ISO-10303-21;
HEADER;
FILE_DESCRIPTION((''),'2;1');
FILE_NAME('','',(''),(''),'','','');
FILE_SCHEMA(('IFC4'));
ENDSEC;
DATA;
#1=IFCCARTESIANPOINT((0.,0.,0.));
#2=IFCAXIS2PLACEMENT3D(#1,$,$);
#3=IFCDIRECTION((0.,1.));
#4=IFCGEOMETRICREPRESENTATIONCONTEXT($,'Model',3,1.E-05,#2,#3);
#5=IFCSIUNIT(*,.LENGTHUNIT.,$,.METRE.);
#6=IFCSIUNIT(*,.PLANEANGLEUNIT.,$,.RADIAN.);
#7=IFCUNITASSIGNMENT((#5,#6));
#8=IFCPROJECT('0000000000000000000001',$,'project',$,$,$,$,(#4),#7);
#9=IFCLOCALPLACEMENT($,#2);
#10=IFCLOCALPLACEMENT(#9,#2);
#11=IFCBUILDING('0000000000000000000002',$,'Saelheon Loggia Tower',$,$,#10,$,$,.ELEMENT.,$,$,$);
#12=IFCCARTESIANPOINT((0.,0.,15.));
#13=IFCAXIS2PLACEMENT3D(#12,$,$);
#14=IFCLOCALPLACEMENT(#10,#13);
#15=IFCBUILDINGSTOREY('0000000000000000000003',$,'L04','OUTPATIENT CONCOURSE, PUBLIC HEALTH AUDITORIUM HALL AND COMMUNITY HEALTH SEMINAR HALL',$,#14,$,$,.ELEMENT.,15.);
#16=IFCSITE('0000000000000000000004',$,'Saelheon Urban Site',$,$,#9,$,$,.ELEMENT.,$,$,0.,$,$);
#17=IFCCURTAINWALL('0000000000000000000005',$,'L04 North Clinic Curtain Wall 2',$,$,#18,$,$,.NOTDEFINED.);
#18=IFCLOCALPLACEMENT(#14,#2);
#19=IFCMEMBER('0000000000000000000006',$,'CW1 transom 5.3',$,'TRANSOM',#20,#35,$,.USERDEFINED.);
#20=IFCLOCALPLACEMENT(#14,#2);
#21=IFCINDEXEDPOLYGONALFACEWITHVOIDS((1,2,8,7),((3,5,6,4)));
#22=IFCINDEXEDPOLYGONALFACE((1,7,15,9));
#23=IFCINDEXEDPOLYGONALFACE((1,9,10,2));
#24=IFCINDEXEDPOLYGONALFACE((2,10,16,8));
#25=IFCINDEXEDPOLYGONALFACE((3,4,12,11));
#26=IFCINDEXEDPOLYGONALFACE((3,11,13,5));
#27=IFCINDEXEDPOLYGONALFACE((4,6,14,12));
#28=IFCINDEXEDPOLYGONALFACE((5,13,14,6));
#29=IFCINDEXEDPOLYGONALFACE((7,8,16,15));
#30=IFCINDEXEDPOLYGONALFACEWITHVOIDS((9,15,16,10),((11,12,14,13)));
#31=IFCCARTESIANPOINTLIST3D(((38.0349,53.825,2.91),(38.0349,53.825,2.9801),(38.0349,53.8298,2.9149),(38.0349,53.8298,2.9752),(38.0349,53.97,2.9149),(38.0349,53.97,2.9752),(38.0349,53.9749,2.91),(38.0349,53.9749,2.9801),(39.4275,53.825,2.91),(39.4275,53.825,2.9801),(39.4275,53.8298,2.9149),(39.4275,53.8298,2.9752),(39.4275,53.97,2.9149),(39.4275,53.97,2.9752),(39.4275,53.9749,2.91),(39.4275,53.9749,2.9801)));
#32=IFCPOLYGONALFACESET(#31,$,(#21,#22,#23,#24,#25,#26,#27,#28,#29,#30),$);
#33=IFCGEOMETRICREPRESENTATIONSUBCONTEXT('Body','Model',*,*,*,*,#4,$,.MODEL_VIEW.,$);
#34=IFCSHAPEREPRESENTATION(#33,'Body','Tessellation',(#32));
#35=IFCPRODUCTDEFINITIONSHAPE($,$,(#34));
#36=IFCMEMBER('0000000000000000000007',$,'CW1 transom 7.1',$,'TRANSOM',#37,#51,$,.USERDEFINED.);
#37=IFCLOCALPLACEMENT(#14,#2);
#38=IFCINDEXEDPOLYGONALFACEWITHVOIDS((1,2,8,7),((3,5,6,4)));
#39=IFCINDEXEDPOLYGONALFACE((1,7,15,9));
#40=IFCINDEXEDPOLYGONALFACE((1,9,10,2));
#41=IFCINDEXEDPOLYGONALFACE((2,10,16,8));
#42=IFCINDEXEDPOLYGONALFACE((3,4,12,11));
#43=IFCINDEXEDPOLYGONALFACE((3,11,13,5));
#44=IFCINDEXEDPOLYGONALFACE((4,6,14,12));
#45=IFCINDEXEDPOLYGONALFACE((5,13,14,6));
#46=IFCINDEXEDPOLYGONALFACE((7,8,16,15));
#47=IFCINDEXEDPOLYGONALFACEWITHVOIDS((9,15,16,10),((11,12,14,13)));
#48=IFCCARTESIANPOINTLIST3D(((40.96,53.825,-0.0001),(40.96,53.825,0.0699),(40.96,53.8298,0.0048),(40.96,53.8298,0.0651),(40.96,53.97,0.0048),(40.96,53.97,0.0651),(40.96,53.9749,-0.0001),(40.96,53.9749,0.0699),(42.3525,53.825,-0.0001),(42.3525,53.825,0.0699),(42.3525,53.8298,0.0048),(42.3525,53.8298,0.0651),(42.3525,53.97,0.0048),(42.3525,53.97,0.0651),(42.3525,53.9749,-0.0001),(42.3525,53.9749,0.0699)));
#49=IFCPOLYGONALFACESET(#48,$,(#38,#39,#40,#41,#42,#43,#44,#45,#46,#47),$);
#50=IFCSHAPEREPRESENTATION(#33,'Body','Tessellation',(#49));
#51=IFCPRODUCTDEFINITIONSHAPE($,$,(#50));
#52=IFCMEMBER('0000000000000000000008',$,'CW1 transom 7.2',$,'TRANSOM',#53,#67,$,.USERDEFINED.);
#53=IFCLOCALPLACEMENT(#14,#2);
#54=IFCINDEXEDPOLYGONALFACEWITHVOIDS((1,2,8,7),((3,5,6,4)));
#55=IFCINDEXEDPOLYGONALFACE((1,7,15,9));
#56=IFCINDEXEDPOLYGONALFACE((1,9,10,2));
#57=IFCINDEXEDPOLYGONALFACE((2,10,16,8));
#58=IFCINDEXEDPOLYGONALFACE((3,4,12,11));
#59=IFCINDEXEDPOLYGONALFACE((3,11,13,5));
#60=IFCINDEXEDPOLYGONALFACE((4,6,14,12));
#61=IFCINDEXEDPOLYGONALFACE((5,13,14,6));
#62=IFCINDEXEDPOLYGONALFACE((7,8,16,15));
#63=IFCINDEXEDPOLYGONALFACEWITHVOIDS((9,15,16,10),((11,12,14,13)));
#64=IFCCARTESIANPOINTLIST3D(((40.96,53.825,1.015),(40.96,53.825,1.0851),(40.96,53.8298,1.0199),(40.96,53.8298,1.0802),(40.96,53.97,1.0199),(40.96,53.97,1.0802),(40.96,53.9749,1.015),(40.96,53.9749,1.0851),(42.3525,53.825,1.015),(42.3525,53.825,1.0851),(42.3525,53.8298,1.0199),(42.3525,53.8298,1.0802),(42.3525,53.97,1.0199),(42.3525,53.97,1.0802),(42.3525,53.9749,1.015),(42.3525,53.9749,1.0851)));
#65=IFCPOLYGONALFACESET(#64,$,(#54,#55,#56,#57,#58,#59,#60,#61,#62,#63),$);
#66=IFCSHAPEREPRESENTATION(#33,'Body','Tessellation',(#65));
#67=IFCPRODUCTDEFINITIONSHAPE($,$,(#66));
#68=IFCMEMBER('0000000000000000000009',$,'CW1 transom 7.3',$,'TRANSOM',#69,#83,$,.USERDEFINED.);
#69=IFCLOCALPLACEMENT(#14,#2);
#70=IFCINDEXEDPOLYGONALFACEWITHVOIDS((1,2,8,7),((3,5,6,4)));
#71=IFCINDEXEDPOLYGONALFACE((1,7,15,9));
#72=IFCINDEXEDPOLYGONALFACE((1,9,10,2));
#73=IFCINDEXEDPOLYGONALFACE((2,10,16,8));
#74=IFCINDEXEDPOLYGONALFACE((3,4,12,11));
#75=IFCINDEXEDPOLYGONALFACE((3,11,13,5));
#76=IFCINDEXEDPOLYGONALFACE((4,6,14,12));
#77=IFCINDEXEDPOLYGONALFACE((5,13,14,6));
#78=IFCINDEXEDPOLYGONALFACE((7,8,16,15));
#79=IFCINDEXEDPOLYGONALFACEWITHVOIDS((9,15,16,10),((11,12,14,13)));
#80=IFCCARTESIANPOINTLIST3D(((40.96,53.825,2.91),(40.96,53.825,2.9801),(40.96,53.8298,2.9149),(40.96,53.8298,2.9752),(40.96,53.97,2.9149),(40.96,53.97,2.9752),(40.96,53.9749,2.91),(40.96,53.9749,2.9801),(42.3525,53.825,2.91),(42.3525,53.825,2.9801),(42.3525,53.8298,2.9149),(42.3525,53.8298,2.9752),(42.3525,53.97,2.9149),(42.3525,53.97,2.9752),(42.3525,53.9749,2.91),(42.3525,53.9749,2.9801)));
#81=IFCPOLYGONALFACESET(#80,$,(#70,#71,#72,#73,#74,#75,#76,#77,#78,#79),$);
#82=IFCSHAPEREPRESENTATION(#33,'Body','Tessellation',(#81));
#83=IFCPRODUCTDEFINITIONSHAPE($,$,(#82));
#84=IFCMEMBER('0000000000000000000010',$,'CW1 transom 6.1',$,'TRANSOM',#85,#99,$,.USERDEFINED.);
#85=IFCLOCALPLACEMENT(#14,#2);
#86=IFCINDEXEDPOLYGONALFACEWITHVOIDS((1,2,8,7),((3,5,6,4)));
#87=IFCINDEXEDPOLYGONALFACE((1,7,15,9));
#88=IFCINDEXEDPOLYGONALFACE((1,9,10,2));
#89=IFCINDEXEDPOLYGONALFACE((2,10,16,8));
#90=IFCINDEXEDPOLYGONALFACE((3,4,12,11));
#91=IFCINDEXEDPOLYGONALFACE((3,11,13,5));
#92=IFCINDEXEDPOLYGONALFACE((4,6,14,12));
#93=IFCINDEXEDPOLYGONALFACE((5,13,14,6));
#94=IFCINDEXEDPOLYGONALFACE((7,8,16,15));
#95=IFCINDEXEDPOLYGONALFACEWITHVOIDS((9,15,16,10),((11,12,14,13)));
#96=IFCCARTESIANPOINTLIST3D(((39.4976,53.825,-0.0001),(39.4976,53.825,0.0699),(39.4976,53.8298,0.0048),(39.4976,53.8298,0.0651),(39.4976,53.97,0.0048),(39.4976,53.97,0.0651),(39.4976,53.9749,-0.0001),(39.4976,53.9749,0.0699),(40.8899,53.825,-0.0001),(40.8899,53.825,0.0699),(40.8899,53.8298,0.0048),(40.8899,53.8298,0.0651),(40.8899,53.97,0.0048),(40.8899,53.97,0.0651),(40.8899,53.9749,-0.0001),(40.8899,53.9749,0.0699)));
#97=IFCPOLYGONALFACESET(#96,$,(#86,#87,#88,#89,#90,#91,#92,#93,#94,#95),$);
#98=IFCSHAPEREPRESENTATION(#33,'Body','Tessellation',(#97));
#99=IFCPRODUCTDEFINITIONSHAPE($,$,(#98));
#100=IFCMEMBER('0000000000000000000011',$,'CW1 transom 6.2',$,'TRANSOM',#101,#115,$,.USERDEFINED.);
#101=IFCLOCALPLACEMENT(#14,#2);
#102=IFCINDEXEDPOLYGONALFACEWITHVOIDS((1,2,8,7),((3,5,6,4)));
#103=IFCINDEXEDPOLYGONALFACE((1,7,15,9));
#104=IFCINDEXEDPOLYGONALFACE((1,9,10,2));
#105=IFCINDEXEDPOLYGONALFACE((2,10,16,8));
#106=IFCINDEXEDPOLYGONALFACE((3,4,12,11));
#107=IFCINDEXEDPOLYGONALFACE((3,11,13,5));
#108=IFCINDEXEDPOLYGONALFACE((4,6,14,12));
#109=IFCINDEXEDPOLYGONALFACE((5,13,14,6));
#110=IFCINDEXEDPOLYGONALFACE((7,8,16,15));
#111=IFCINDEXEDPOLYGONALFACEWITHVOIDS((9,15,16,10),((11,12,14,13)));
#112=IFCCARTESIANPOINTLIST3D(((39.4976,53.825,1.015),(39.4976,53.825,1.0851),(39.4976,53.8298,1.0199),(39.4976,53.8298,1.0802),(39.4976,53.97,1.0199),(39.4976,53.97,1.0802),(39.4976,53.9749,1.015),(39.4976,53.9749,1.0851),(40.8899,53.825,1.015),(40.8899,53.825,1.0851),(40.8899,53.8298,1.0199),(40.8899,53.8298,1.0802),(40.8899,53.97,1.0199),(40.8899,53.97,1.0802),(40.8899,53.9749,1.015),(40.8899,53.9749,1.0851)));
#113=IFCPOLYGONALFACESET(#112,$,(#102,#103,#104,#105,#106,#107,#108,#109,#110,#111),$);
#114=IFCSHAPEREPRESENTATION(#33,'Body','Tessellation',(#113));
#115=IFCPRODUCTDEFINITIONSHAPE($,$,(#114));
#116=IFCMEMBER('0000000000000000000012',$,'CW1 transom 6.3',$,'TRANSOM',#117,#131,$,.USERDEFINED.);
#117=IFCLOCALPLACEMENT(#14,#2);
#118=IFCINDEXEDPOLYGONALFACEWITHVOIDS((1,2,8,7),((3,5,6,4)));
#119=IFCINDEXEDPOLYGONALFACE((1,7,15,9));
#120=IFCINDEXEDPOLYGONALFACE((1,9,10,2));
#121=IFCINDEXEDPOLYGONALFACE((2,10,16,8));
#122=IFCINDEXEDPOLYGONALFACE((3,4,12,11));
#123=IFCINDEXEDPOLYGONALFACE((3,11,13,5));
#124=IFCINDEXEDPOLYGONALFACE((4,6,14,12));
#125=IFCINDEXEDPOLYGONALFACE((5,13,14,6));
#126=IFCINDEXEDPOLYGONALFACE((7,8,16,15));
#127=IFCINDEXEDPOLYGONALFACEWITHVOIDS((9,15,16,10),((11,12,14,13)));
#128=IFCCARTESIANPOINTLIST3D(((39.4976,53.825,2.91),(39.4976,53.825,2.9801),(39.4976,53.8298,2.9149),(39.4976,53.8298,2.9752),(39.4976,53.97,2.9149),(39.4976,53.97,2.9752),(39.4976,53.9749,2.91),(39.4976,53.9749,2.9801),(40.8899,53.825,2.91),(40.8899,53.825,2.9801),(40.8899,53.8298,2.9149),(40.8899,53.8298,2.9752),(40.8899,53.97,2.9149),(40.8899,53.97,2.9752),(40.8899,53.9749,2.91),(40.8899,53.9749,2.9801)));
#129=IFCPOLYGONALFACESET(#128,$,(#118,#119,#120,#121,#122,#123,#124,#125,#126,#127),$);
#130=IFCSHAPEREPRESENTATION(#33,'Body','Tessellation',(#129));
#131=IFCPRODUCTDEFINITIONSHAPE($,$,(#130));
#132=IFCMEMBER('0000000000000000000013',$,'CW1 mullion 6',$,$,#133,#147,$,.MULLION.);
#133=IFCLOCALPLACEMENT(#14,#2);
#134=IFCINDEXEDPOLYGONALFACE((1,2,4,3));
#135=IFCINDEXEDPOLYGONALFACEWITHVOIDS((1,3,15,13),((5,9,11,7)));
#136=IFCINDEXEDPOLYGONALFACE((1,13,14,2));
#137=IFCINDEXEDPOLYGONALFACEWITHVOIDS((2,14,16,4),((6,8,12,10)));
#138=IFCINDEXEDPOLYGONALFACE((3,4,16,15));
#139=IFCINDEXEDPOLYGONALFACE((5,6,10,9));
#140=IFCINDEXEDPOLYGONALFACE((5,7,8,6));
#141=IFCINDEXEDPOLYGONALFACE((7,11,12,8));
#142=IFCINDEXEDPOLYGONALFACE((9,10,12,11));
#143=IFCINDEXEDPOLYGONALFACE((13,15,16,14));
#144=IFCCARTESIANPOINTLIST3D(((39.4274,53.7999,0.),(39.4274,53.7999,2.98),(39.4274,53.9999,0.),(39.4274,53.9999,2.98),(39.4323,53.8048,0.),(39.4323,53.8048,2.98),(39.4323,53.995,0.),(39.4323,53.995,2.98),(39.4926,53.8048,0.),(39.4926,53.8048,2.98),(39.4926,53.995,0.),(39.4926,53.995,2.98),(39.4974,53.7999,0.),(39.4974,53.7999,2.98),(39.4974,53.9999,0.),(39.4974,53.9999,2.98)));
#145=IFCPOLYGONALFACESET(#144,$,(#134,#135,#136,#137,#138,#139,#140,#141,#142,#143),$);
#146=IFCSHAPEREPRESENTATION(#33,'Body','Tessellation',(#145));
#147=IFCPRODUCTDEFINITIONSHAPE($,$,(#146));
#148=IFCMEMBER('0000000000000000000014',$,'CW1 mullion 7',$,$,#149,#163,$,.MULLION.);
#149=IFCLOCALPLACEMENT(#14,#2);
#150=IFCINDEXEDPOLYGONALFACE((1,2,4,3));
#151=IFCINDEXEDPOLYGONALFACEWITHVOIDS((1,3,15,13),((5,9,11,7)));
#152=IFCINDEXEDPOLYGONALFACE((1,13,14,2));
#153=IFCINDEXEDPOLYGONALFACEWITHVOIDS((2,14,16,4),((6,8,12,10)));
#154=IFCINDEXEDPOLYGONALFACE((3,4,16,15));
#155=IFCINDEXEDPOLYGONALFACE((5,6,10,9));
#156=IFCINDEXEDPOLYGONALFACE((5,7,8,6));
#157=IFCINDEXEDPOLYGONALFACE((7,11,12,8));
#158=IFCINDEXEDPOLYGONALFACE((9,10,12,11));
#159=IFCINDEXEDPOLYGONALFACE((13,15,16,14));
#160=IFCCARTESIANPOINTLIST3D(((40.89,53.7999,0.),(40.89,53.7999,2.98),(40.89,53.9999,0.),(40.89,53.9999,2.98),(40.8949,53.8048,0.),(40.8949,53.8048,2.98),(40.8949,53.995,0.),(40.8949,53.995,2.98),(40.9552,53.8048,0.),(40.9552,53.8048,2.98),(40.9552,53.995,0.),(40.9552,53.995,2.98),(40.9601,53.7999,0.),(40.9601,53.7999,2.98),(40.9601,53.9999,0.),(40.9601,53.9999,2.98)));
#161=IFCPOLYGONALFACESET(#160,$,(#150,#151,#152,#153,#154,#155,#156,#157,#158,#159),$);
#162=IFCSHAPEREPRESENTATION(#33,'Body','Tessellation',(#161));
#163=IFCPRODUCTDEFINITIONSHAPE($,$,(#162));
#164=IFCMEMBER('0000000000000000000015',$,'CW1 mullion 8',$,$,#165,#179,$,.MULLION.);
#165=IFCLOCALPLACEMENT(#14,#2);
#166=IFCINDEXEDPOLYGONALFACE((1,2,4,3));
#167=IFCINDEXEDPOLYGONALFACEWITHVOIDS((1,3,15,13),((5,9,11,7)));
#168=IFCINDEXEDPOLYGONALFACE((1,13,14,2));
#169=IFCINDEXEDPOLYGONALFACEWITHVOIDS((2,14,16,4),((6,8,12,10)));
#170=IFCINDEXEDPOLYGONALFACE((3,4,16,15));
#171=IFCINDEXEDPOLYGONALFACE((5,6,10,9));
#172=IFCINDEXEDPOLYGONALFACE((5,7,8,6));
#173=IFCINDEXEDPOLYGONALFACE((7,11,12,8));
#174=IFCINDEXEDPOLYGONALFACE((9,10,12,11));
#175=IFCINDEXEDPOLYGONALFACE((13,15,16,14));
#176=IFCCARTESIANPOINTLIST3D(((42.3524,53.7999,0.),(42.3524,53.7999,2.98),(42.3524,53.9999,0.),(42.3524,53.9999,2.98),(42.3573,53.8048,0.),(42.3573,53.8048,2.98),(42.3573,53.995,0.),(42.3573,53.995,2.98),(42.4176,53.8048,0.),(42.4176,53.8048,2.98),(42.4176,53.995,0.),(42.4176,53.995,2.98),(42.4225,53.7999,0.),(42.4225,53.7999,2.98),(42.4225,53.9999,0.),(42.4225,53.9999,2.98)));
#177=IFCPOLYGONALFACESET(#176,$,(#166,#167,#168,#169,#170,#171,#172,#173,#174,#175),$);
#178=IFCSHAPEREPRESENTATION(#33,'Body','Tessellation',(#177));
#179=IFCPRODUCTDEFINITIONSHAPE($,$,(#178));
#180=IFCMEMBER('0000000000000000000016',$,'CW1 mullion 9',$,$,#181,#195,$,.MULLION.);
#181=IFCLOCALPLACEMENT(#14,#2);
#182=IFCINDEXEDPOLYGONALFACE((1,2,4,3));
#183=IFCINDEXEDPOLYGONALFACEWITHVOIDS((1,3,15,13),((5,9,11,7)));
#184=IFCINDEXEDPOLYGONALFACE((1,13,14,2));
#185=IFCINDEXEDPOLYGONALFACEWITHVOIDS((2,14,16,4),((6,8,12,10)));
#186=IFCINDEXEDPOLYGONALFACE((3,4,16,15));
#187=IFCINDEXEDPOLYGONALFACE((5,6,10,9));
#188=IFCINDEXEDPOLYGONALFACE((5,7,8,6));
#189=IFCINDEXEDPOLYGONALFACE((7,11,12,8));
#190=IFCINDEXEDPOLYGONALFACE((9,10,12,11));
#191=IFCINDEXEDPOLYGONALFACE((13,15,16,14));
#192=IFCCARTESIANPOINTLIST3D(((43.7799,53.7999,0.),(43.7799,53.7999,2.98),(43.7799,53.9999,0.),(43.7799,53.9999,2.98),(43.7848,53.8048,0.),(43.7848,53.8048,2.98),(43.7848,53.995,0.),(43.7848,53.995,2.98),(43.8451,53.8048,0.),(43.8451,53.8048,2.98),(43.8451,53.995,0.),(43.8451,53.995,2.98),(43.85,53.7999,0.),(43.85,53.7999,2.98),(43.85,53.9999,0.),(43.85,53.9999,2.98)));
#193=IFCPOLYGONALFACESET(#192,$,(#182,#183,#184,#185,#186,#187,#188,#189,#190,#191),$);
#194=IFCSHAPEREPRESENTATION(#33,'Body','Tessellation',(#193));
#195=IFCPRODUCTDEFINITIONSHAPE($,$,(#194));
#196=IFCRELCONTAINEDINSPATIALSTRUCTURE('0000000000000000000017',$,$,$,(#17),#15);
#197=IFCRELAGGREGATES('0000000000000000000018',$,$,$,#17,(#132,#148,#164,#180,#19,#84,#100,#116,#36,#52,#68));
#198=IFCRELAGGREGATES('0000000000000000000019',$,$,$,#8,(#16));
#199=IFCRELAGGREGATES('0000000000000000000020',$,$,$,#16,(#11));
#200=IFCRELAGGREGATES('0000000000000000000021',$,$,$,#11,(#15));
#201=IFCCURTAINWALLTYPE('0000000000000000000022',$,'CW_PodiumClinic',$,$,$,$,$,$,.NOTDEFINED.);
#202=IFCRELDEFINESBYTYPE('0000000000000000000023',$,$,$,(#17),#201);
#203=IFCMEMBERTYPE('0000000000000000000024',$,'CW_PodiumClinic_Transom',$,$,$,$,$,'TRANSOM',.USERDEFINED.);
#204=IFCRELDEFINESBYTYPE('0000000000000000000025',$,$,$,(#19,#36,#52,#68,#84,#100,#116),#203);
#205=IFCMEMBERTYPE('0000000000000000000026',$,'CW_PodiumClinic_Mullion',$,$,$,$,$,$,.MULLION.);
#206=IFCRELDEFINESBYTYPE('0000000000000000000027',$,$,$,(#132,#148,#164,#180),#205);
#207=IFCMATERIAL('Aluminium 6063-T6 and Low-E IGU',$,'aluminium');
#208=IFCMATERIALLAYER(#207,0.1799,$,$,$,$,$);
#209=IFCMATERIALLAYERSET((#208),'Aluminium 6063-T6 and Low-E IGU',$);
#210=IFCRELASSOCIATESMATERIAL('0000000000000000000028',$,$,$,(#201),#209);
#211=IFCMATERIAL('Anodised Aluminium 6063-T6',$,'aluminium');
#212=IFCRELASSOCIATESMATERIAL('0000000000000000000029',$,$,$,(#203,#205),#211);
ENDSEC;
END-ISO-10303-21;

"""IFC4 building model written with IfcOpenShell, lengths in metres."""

from ifc_helpers import new_model, si_unit, direction, frame, origin, origin_2d, place, context, subcontext, project, spatial, hollow_rectangle, extrude, source, transform, mapped, material, layer, layer_set, material_profile, profile_set, type_object, element, aggregate, save


model = new_model("IFC4")

# Units and contexts
model_context = context("Model", 3, precision=1e-05, world=origin(), true_north=direction((0.0, 1.0)))
body_context = subcontext(model_context, "Body", "Model", "MODEL_VIEW")
ifc_project = project(units=[si_unit("LENGTHUNIT", "METRE"), si_unit("PLANEANGLEUNIT", "RADIAN")], contexts=[model_context])

# Site, building, storey
site_placement = place(None, origin())
site = spatial("IfcSite", under=ifc_project, at=site_placement, Name="Saelheon Urban Site", CompositionType="ELEMENT", RefElevation=0.0)
building_placement = place(site_placement, origin())
building = spatial("IfcBuilding", under=site, at=building_placement, Name="Saelheon Loggia Tower", CompositionType="ELEMENT")
storey_placement = place(building_placement, frame((0.0, 0.0, 15.0)))
storey = spatial("IfcBuildingStorey", under=building, at=storey_placement, Name="L04", Description="OUTPATIENT CONCOURSE, PUBLIC HEALTH AUDITORIUM HALL AND COMMUNITY HEALTH SEMINAR HALL", CompositionType="ELEMENT", Elevation=15.0)

# Curtain wall, members
ifc_material_1 = material(Name="Aluminium 6063-T6 and Low-E IGU", Category="aluminium")
ifc_layer_1 = layer(ifc_material_1, 0.1799)
ifc_layer_set_1 = layer_set([ifc_layer_1], Name="Aluminium 6063-T6 and Low-E IGU")
curtain_wall_type = type_object("IfcCurtainWallType", Name="CW_PodiumClinic", PredefinedType="NOTDEFINED", material=ifc_layer_set_1)
ifc_material_2 = material(Name="Anodised Aluminium 6063-T6", Category="aluminium")
ifc_material_profile_1 = material_profile(ifc_material_2, hollow_rectangle(XDim=0.0701, YDim=0.1499, WallThickness=0.0049, at=origin_2d()), Name="RHS-150x70x5")
ifc_profile_set_1 = profile_set([ifc_material_profile_1], Name="Anodised Aluminium 6063-T6")
member_type_1 = type_object("IfcMemberType", Name="CW_PodiumClinic_Transom", ElementType="TRANSOM", PredefinedType="USERDEFINED", material=ifc_profile_set_1)
curtain_wall_1_placement = place(storey_placement, origin())
curtain_wall_1 = element("IfcCurtainWall", 1, at=curtain_wall_1_placement, inside=storey, type_object=curtain_wall_type, Name="L04 North Clinic Curtain Wall 2", PredefinedType="NOTDEFINED")
shared_shape_1 = source(origin(), body_context, "Body", "SweptSolid", [
    extrude(hollow_rectangle(XDim=0.0701, YDim=0.1499, WallThickness=0.0049, at=origin_2d()), origin(), (0.0, 0.0, 1.0), 1.3926),
])
member_1_placement = place(storey_placement, frame((38.0349, 53.8999, 2.9451), z_axis=(1.0, 0.0, 0.0), x_axis=(0.0, 0.0, 1.0)))
member_1 = element("IfcMember", 2, at=member_1_placement, type_object=member_type_1, Name="CW1 transom 5.3", ObjectType="TRANSOM", PredefinedType="USERDEFINED", context=body_context, shape_type="MappedRepresentation", body=[
    mapped(shared_shape_1, transform((0.0, 0.0, 0.0), scale=1.0)),
])
member_2_placement = place(storey_placement, frame((40.96, 53.8999, 0.0349), z_axis=(1.0, 0.0, 0.0), x_axis=(0.0, 0.0, 1.0)))
member_2 = element("IfcMember", 3, at=member_2_placement, type_object=member_type_1, Name="CW1 transom 7.1", ObjectType="TRANSOM", PredefinedType="USERDEFINED", context=body_context, shape_type="MappedRepresentation", body=[
    mapped(shared_shape_1, transform((0.0, 0.0, 0.0), scale=1.0)),
])
member_3_placement = place(storey_placement, frame((40.96, 53.8999, 1.05), z_axis=(1.0, 0.0, 0.0), x_axis=(0.0, 0.0, 1.0)))
member_3 = element("IfcMember", 4, at=member_3_placement, type_object=member_type_1, Name="CW1 transom 7.2", ObjectType="TRANSOM", PredefinedType="USERDEFINED", context=body_context, shape_type="MappedRepresentation", body=[
    mapped(shared_shape_1, transform((0.0, 0.0, 0.0), scale=1.0)),
])
member_4_placement = place(storey_placement, frame((40.96, 53.8999, 2.9451), z_axis=(1.0, 0.0, 0.0), x_axis=(0.0, 0.0, 1.0)))
member_4 = element("IfcMember", 5, at=member_4_placement, type_object=member_type_1, Name="CW1 transom 7.3", ObjectType="TRANSOM", PredefinedType="USERDEFINED", context=body_context, shape_type="MappedRepresentation", body=[
    mapped(shared_shape_1, transform((0.0, 0.0, 0.0), scale=1.0)),
])
shared_shape_2 = source(origin(), body_context, "Body", "SweptSolid", [
    extrude(hollow_rectangle(XDim=0.0701, YDim=0.1499, WallThickness=0.0049, at=origin_2d()), origin(), (0.0, 0.0, 1.0), 1.3923),
])
member_5_placement = place(storey_placement, frame((39.4976, 53.8999, 0.0349), z_axis=(1.0, 0.0, 0.0), x_axis=(0.0, 0.0, 1.0)))
member_5 = element("IfcMember", 6, at=member_5_placement, type_object=member_type_1, Name="CW1 transom 6.1", ObjectType="TRANSOM", PredefinedType="USERDEFINED", context=body_context, shape_type="MappedRepresentation", body=[
    mapped(shared_shape_2, transform((0.0, 0.0, 0.0), scale=1.0)),
])
member_6_placement = place(storey_placement, frame((39.4976, 53.8999, 1.05), z_axis=(1.0, 0.0, 0.0), x_axis=(0.0, 0.0, 1.0)))
member_6 = element("IfcMember", 7, at=member_6_placement, type_object=member_type_1, Name="CW1 transom 6.2", ObjectType="TRANSOM", PredefinedType="USERDEFINED", context=body_context, shape_type="MappedRepresentation", body=[
    mapped(shared_shape_2, transform((0.0, 0.0, 0.0), scale=1.0)),
])
member_7_placement = place(storey_placement, frame((39.4976, 53.8999, 2.9451), z_axis=(1.0, 0.0, 0.0), x_axis=(0.0, 0.0, 1.0)))
member_7 = element("IfcMember", 8, at=member_7_placement, type_object=member_type_1, Name="CW1 transom 6.3", ObjectType="TRANSOM", PredefinedType="USERDEFINED", context=body_context, shape_type="MappedRepresentation", body=[
    mapped(shared_shape_2, transform((0.0, 0.0, 0.0), scale=1.0)),
])
ifc_material_profile_2 = material_profile(ifc_material_2, hollow_rectangle(XDim=0.0701, YDim=0.2, WallThickness=0.0049, at=origin_2d()), Name="RHS-200x70x5")
ifc_profile_set_2 = profile_set([ifc_material_profile_2], Name="Anodised Aluminium 6063-T6")
member_type_2 = type_object("IfcMemberType", Name="CW_PodiumClinic_Mullion", PredefinedType="MULLION", material=ifc_profile_set_2)
shared_shape_3 = source(origin(), body_context, "Body", "SweptSolid", [
    extrude(hollow_rectangle(XDim=0.0701, YDim=0.2, WallThickness=0.0049, at=origin_2d()), origin(), (0.0, 0.0, 1.0), 2.98),
])
member_8_placement = place(storey_placement, frame((39.4624, 53.8999, 0.0), z_axis=(0.0, 0.0, 1.0), x_axis=(1.0, 0.0, 0.0)))
member_8 = element("IfcMember", 9, at=member_8_placement, type_object=member_type_2, Name="CW1 mullion 6", PredefinedType="MULLION", context=body_context, shape_type="MappedRepresentation", body=[
    mapped(shared_shape_3, transform((0.0, 0.0, 0.0), scale=1.0)),
])
member_9_placement = place(storey_placement, frame((40.925, 53.8999, 0.0), z_axis=(0.0, 0.0, 1.0), x_axis=(1.0, 0.0, 0.0)))
member_9 = element("IfcMember", 10, at=member_9_placement, type_object=member_type_2, Name="CW1 mullion 7", PredefinedType="MULLION", context=body_context, shape_type="MappedRepresentation", body=[
    mapped(shared_shape_3, transform((0.0, 0.0, 0.0), scale=1.0)),
])
member_10_placement = place(storey_placement, frame((42.3875, 53.8999, 0.0), z_axis=(0.0, 0.0, 1.0), x_axis=(1.0, 0.0, 0.0)))
member_10 = element("IfcMember", 11, at=member_10_placement, type_object=member_type_2, Name="CW1 mullion 8", PredefinedType="MULLION", context=body_context, shape_type="MappedRepresentation", body=[
    mapped(shared_shape_3, transform((0.0, 0.0, 0.0), scale=1.0)),
])
member_11_placement = place(storey_placement, frame((43.8149, 53.8999, 0.0), z_axis=(0.0, 0.0, 1.0), x_axis=(1.0, 0.0, 0.0)))
member_11 = element("IfcMember", 12, at=member_11_placement, type_object=member_type_2, Name="CW1 mullion 9", PredefinedType="MULLION", context=body_context, shape_type="MappedRepresentation", body=[
    mapped(shared_shape_3, transform((0.0, 0.0, 0.0), scale=1.0)),
])

aggregate(curtain_wall_1, [member_8, member_9, member_10, member_11, member_1, member_5, member_6, member_7, member_2, member_3, member_4])

save(model, "model.ifc")
